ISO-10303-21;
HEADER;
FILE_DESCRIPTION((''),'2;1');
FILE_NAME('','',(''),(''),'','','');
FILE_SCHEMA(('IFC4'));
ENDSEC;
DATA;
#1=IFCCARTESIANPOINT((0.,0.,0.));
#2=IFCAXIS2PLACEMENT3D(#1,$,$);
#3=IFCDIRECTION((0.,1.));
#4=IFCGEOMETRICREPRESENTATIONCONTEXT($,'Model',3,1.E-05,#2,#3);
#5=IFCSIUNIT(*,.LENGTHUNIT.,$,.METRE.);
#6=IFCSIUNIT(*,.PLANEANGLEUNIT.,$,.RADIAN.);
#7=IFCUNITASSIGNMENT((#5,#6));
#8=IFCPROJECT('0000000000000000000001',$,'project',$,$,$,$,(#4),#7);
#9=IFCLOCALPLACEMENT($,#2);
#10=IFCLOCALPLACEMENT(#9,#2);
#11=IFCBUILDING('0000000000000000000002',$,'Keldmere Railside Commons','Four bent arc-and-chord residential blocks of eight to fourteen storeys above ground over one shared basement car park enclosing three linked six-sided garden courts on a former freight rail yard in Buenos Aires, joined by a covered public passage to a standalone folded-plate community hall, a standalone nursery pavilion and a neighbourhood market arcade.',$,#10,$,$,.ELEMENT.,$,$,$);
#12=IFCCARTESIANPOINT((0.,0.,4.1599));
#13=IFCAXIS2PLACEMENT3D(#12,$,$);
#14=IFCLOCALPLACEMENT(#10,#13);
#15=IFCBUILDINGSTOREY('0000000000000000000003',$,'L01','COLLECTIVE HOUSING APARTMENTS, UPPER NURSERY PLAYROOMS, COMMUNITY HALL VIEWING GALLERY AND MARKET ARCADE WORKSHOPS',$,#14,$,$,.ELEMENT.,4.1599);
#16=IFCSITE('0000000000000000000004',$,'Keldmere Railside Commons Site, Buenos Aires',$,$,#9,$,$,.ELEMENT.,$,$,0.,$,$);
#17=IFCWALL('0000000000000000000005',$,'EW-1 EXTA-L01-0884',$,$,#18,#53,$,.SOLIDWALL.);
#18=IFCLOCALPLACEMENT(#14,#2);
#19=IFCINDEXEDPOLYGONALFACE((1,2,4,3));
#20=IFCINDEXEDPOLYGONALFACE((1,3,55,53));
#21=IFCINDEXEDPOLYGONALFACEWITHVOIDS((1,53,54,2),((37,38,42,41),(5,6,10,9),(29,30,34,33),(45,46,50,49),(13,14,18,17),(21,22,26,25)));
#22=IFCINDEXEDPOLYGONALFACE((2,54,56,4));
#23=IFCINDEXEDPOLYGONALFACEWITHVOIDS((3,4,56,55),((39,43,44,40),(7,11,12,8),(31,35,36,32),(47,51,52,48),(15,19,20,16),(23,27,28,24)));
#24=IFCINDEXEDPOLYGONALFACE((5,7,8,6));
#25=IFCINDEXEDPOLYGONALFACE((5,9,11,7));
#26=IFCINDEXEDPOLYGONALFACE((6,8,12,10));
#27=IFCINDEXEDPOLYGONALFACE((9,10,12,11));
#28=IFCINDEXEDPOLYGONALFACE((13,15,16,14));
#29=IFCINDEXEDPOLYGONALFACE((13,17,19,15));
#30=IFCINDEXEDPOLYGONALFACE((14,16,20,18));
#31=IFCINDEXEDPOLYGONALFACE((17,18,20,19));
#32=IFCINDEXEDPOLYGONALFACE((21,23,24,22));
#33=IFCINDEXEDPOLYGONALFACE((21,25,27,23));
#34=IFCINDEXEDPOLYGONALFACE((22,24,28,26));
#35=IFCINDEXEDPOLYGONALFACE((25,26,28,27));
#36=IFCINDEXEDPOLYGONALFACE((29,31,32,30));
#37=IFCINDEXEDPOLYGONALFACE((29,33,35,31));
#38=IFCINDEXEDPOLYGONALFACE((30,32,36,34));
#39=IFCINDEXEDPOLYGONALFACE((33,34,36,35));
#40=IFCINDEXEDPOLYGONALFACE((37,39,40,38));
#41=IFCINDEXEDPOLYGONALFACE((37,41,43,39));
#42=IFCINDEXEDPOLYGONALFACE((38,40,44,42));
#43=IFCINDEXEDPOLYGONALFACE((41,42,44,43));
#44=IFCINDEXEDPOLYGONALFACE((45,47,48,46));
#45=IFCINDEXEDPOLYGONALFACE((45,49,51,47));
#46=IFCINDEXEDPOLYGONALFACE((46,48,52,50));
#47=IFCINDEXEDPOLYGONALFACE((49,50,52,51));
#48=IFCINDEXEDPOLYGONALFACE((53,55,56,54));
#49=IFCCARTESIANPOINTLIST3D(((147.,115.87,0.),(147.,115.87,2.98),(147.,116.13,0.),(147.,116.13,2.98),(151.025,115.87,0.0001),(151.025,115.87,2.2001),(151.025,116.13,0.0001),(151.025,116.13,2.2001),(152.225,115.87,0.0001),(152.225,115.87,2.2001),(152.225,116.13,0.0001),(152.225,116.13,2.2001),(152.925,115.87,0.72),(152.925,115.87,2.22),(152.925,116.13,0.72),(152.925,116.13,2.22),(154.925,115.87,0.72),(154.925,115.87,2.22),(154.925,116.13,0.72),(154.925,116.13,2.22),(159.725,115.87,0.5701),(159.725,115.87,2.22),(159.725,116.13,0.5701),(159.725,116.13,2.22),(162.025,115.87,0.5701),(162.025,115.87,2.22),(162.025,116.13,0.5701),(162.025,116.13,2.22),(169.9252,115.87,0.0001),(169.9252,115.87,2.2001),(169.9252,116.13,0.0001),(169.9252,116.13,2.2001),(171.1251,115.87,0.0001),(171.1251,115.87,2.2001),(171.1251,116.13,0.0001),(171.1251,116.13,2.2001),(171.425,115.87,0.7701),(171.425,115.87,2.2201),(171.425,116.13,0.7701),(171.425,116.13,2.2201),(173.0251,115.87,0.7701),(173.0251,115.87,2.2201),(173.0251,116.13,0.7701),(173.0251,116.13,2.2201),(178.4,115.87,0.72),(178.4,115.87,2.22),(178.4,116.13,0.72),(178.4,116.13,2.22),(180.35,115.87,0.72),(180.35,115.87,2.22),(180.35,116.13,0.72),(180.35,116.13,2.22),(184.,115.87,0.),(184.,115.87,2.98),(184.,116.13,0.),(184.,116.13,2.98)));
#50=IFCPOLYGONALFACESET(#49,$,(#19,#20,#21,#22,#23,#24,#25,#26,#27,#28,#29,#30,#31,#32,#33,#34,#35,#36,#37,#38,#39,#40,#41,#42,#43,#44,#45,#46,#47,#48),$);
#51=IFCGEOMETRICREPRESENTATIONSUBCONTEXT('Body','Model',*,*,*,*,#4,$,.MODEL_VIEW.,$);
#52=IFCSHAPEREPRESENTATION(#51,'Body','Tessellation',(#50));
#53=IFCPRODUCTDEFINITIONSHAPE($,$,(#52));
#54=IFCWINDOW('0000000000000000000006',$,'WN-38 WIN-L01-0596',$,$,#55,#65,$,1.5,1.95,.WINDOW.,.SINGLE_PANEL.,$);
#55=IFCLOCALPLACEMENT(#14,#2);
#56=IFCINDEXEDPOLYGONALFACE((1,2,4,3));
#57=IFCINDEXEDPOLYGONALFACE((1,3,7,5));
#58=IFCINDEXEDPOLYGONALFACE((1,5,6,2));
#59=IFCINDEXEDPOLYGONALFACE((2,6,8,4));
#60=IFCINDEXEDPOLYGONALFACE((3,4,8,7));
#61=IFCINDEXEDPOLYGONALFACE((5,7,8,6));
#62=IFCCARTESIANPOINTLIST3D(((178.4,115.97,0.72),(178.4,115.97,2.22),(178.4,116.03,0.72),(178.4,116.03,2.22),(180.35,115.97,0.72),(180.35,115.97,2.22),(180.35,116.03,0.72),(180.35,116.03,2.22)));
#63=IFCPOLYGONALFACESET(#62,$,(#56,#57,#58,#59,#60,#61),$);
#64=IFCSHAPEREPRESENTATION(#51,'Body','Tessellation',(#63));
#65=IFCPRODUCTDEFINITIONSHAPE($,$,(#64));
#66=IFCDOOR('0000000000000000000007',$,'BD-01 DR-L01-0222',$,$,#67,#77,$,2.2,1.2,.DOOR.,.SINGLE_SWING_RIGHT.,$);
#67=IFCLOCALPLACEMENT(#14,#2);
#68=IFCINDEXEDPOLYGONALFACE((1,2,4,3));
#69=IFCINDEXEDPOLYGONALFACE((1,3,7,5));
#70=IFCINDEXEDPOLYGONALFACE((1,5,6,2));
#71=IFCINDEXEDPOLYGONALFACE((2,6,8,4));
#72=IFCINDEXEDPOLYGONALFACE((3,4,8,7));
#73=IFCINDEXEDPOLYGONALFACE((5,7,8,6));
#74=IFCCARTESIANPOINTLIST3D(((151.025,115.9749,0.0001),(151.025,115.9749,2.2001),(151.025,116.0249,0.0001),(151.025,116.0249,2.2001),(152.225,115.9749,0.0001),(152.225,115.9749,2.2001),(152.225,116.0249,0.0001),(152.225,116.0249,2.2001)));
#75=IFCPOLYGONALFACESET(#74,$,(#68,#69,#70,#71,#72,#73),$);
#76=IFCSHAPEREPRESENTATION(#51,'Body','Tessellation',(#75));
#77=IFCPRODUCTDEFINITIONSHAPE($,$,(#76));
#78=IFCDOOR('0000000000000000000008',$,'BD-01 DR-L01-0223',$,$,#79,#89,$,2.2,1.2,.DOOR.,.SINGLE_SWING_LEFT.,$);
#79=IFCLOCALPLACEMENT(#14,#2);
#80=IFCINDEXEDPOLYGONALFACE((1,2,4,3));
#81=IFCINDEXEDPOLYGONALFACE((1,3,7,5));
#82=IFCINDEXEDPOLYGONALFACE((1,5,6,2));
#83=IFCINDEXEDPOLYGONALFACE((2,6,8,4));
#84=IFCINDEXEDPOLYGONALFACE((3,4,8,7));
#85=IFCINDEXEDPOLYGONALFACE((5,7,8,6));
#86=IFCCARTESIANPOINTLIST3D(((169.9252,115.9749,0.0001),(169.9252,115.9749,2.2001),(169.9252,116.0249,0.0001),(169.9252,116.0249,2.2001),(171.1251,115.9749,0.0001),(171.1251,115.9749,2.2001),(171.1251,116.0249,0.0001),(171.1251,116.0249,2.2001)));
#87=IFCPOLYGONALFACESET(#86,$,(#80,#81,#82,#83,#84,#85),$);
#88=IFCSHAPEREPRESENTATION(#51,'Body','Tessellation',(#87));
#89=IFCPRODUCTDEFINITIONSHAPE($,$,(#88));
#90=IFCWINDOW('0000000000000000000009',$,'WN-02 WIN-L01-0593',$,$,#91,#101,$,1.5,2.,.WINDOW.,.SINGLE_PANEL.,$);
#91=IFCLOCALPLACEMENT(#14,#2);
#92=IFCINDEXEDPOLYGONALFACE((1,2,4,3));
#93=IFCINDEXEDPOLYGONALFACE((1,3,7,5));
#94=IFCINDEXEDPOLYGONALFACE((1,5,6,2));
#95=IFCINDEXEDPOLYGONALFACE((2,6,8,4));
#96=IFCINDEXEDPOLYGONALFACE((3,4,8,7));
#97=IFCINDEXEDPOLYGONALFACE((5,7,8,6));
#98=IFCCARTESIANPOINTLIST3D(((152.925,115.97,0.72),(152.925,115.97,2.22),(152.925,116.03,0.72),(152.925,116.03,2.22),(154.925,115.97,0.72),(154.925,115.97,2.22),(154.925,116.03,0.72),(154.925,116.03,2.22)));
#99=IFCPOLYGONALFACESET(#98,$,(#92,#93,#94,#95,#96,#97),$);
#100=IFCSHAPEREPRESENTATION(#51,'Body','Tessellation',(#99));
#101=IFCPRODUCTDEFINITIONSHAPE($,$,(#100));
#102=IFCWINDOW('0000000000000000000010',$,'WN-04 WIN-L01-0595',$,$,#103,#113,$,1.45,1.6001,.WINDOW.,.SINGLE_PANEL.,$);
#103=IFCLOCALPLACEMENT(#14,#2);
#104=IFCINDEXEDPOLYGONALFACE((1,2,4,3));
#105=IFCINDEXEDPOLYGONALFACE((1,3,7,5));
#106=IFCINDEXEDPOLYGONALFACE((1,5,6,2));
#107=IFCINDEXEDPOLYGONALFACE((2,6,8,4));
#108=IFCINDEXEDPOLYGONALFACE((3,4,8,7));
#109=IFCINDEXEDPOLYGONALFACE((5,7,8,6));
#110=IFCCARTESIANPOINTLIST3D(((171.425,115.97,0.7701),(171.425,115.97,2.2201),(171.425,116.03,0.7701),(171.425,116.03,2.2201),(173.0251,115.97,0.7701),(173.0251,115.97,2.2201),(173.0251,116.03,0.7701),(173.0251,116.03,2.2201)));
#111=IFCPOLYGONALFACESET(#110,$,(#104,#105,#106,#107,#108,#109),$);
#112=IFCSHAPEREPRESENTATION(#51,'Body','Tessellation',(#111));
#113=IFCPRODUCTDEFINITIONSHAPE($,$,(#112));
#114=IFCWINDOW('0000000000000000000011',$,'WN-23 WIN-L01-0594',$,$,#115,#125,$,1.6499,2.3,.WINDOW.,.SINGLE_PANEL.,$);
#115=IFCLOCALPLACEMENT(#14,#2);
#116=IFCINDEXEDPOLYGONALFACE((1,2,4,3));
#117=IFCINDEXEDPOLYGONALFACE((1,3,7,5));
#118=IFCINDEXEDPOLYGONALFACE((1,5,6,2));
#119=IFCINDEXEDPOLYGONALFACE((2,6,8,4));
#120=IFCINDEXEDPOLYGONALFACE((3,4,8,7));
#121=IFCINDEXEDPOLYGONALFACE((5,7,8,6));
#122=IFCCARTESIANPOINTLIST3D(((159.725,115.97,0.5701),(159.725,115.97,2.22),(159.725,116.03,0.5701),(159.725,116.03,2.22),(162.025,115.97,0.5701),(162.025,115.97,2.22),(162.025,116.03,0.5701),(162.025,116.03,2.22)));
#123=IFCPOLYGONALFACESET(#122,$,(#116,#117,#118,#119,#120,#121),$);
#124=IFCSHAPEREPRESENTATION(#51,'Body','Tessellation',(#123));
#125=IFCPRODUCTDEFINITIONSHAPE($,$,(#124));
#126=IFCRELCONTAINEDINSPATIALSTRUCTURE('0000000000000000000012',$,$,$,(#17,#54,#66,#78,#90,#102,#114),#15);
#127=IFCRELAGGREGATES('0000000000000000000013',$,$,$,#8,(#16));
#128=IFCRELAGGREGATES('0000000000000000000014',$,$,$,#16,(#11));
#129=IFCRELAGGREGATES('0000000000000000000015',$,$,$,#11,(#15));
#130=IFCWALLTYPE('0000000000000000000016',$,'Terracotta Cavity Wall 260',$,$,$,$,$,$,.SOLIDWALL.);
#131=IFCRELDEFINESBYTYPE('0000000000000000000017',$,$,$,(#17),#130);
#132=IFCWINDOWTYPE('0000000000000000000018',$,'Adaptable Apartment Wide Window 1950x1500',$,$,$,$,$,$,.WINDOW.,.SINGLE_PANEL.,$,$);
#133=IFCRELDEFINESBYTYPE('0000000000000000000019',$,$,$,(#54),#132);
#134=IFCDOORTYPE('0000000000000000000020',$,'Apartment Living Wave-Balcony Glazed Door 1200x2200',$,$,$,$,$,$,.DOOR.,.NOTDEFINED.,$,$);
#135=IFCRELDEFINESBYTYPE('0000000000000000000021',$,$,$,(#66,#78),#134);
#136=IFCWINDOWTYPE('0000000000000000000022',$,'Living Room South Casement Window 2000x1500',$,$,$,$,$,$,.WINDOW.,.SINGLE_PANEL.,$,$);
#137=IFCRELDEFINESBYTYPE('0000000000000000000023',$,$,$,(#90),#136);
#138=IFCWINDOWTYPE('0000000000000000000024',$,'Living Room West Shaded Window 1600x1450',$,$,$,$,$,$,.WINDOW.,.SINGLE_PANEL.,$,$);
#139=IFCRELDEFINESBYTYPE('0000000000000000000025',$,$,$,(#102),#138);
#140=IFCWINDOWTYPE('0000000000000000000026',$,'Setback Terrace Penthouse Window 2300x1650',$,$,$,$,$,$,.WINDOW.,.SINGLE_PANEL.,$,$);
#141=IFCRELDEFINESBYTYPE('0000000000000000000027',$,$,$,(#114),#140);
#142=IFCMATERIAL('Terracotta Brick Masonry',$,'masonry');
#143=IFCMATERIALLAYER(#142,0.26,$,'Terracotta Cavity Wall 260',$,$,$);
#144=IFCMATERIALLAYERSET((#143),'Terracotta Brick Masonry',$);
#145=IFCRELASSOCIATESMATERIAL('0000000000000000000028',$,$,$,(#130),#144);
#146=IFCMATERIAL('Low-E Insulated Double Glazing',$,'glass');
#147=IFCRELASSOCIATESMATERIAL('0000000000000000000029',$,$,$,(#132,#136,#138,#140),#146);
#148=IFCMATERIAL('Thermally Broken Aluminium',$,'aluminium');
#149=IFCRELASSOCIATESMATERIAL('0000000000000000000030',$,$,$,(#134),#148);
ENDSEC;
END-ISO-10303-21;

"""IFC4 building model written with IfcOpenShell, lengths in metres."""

from ifc_helpers import new_model, si_unit, direction, frame, frame_2d, origin, place, context, subcontext, project, spatial, rectangle, extrude, material, layer, layer_set, type_object, element, fill, save


model = new_model("IFC4")

# Units and contexts
model_context = context("Model", 3, precision=1e-05, world=origin(), true_north=direction((0.0, 1.0)))
body_context = subcontext(model_context, "Body", "Model", "MODEL_VIEW")
ifc_project = project(units=[si_unit("LENGTHUNIT", "METRE"), si_unit("PLANEANGLEUNIT", "RADIAN")], contexts=[model_context])

# Site, building, storey
site_placement = place(None, origin())
site = spatial("IfcSite", under=ifc_project, at=site_placement, Name="Keldmere Railside Commons Site, Buenos Aires", CompositionType="ELEMENT", RefElevation=0.0)
building_placement = place(site_placement, origin())
building = spatial("IfcBuilding", under=site, at=building_placement, Name="Keldmere Railside Commons", Description="Four bent arc-and-chord residential blocks of eight to fourteen storeys above ground over one shared basement car park enclosing three linked six-sided garden courts on a former freight rail yard in Buenos Aires, joined by a covered public passage to a standalone folded-plate community hall, a standalone nursery pavilion and a neighbourhood market arcade.", CompositionType="ELEMENT")
storey_placement = place(building_placement, frame((0.0, 0.0, 4.1599)))
storey = spatial("IfcBuildingStorey", under=building, at=storey_placement, Name="L01", Description="COLLECTIVE HOUSING APARTMENTS, UPPER NURSERY PLAYROOMS, COMMUNITY HALL VIEWING GALLERY AND MARKET ARCADE WORKSHOPS", CompositionType="ELEMENT", Elevation=4.1599)

# Wall, openings, windows, doors
ifc_material_1 = material(Name="Terracotta Brick Masonry", Category="masonry")
ifc_layer_1 = layer(ifc_material_1, 0.26, Name="Terracotta Cavity Wall 260")
ifc_layer_set_1 = layer_set([ifc_layer_1], Name="Terracotta Brick Masonry")
wall_type_1 = type_object("IfcWallType", Name="Terracotta Cavity Wall 260", PredefinedType="SOLIDWALL", material=ifc_layer_set_1)
wall_1_placement = place(storey_placement, frame((147.0, 116.0, 0.0), z_axis=(0.0, 0.0, 1.0), x_axis=(1.0, 0.0, 0.0)))
wall_1 = element("IfcWall", 1, at=wall_1_placement, inside=storey, type_object=wall_type_1, Name="EW-1 EXTA-L01-0884", PredefinedType="SOLIDWALL", context=body_context, shape_type="SweptSolid", body=[
    extrude(rectangle(XDim=37.0, YDim=0.26, at=frame_2d((18.5, 0.0))), origin(), (0.0, 0.0, 1.0), 2.98),
])
opening_1_placement = place(wall_1_placement, frame((4.0249, 0.0, 0.0)))
opening_1 = element("IfcOpeningElement", 2, at=opening_1_placement, cuts=wall_1, PredefinedType="OPENING", context=body_context, shape_type="SweptSolid", body=[
    extrude(rectangle(XDim=1.2, YDim=2.2, at=frame_2d((0.6001, 1.1001))), frame((0.0, 0.1399, 0.0), z_axis=(0.0, -1.0, 0.0), x_axis=(1.0, 0.0, 0.0)), (0.0, 0.0, 1.0), 0.28),
])
opening_2_placement = place(wall_1_placement, frame((5.925, 0.0, 0.72)))
opening_2 = element("IfcOpeningElement", 3, at=opening_2_placement, cuts=wall_1, PredefinedType="OPENING", context=body_context, shape_type="SweptSolid", body=[
    extrude(rectangle(XDim=2.0, YDim=1.5, at=frame_2d((1.0, 0.75))), frame((0.0, 0.1399, 0.0), z_axis=(0.0, -1.0, 0.0), x_axis=(1.0, 0.0, 0.0)), (0.0, 0.0, 1.0), 0.28),
])
opening_3_placement = place(wall_1_placement, frame((12.7251, 0.0, 0.5701)))
opening_3 = element("IfcOpeningElement", 4, at=opening_3_placement, cuts=wall_1, PredefinedType="OPENING", context=body_context, shape_type="SweptSolid", body=[
    extrude(rectangle(XDim=2.3, YDim=1.6499, at=frame_2d((1.1499, 0.825))), frame((0.0, 0.1399, 0.0), z_axis=(0.0, -1.0, 0.0), x_axis=(1.0, 0.0, 0.0)), (0.0, 0.0, 1.0), 0.28),
])
opening_4_placement = place(wall_1_placement, frame((22.925, 0.0, 0.0)))
opening_4 = element("IfcOpeningElement", 5, at=opening_4_placement, cuts=wall_1, PredefinedType="OPENING", context=body_context, shape_type="SweptSolid", body=[
    extrude(rectangle(XDim=1.2, YDim=2.2, at=frame_2d((0.6001, 1.1001))), frame((0.0, 0.1399, 0.0), z_axis=(0.0, -1.0, 0.0), x_axis=(1.0, 0.0, 0.0)), (0.0, 0.0, 1.0), 0.28),
])
opening_5_placement = place(wall_1_placement, frame((24.425, 0.0, 0.77)))
opening_5 = element("IfcOpeningElement", 6, at=opening_5_placement, cuts=wall_1, PredefinedType="OPENING", context=body_context, shape_type="SweptSolid", body=[
    extrude(rectangle(XDim=1.6001, YDim=1.45, at=frame_2d((0.8, 0.7251))), frame((0.0, 0.1399, 0.0), z_axis=(0.0, -1.0, 0.0), x_axis=(1.0, 0.0, 0.0)), (0.0, 0.0, 1.0), 0.28),
])
opening_6_placement = place(wall_1_placement, frame((31.3999, 0.0, 0.72)))
opening_6 = element("IfcOpeningElement", 7, at=opening_6_placement, cuts=wall_1, PredefinedType="OPENING", context=body_context, shape_type="SweptSolid", body=[
    extrude(rectangle(XDim=1.95, YDim=1.5, at=frame_2d((0.9751, 0.75))), frame((0.0, 0.1399, 0.0), z_axis=(0.0, -1.0, 0.0), x_axis=(1.0, 0.0, 0.0)), (0.0, 0.0, 1.0), 0.28),
])
ifc_material_2 = material(Name="Low-E Insulated Double Glazing", Category="glass")
window_type_1 = type_object("IfcWindowType", Name="Adaptable Apartment Wide Window 1950x1500", PartitioningType="SINGLE_PANEL", PredefinedType="WINDOW", material=ifc_material_2)
window_1_placement = place(opening_6_placement, origin())
window_1 = element("IfcWindow", 8, at=window_1_placement, inside=storey, type_object=window_type_1, Name="WN-38 WIN-L01-0596", OverallHeight=1.5, OverallWidth=1.95, PartitioningType="SINGLE_PANEL", PredefinedType="WINDOW", context=body_context, shape_type="SweptSolid", body=[
    extrude(rectangle(XDim=1.95, YDim=1.5, at=frame_2d((0.9751, 0.75))), frame((0.0, 0.03, 0.0), z_axis=(0.0, -1.0, 0.0), x_axis=(1.0, 0.0, 0.0)), (0.0, 0.0, 1.0), 0.0601),
])
fill(opening_6, window_1)
ifc_material_3 = material(Name="Thermally Broken Aluminium", Category="aluminium")
door_type = type_object("IfcDoorType", Name="Apartment Living Wave-Balcony Glazed Door 1200x2200", OperationType="NOTDEFINED", PredefinedType="DOOR", material=ifc_material_3)
door_1_placement = place(opening_1_placement, origin())
door_1 = element("IfcDoor", 9, at=door_1_placement, inside=storey, type_object=door_type, Name="BD-01 DR-L01-0222", OperationType="SINGLE_SWING_RIGHT", OverallHeight=2.2, OverallWidth=1.2, PredefinedType="DOOR", context=body_context, shape_type="SweptSolid", body=[
    extrude(rectangle(XDim=1.2, YDim=2.2, at=frame_2d((0.6001, 1.1001))), frame((0.0, 0.0249, 0.0), z_axis=(0.0, -1.0, 0.0), x_axis=(1.0, 0.0, 0.0)), (0.0, 0.0, 1.0), 0.05),
])
fill(opening_1, door_1)
door_2_placement = place(opening_4_placement, origin())
door_2 = element("IfcDoor", 10, at=door_2_placement, inside=storey, type_object=door_type, Name="BD-01 DR-L01-0223", OperationType="SINGLE_SWING_LEFT", OverallHeight=2.2, OverallWidth=1.2, PredefinedType="DOOR", context=body_context, shape_type="SweptSolid", body=[
    extrude(rectangle(XDim=1.2, YDim=2.2, at=frame_2d((0.6001, 1.1001))), frame((0.0, 0.0249, 0.0), z_axis=(0.0, -1.0, 0.0), x_axis=(1.0, 0.0, 0.0)), (0.0, 0.0, 1.0), 0.05),
])
fill(opening_4, door_2)
window_type_2 = type_object("IfcWindowType", Name="Living Room South Casement Window 2000x1500", PartitioningType="SINGLE_PANEL", PredefinedType="WINDOW", material=ifc_material_2)
window_2_placement = place(opening_2_placement, origin())
window_2 = element("IfcWindow", 11, at=window_2_placement, inside=storey, type_object=window_type_2, Name="WN-02 WIN-L01-0593", OverallHeight=1.5, OverallWidth=2.0, PartitioningType="SINGLE_PANEL", PredefinedType="WINDOW", context=body_context, shape_type="SweptSolid", body=[
    extrude(rectangle(XDim=2.0, YDim=1.5, at=frame_2d((1.0, 0.75))), frame((0.0, 0.03, 0.0), z_axis=(0.0, -1.0, 0.0), x_axis=(1.0, 0.0, 0.0)), (0.0, 0.0, 1.0), 0.0601),
])
fill(opening_2, window_2)
window_type_3 = type_object("IfcWindowType", Name="Living Room West Shaded Window 1600x1450", PartitioningType="SINGLE_PANEL", PredefinedType="WINDOW", material=ifc_material_2)
window_3_placement = place(opening_5_placement, origin())
window_3 = element("IfcWindow", 12, at=window_3_placement, inside=storey, type_object=window_type_3, Name="WN-04 WIN-L01-0595", OverallHeight=1.45, OverallWidth=1.6001, PartitioningType="SINGLE_PANEL", PredefinedType="WINDOW", context=body_context, shape_type="SweptSolid", body=[
    extrude(rectangle(XDim=1.6001, YDim=1.45, at=frame_2d((0.8, 0.7251))), frame((0.0, 0.03, 0.0), z_axis=(0.0, -1.0, 0.0), x_axis=(1.0, 0.0, 0.0)), (0.0, 0.0, 1.0), 0.0601),
])
fill(opening_5, window_3)
window_type_4 = type_object("IfcWindowType", Name="Setback Terrace Penthouse Window 2300x1650", PartitioningType="SINGLE_PANEL", PredefinedType="WINDOW", material=ifc_material_2)
window_4_placement = place(opening_3_placement, origin())
window_4 = element("IfcWindow", 13, at=window_4_placement, inside=storey, type_object=window_type_4, Name="WN-23 WIN-L01-0594", OverallHeight=1.6499, OverallWidth=2.3, PartitioningType="SINGLE_PANEL", PredefinedType="WINDOW", context=body_context, shape_type="SweptSolid", body=[
    extrude(rectangle(XDim=2.3, YDim=1.6499, at=frame_2d((1.1499, 0.825))), frame((0.0, 0.03, 0.0), z_axis=(0.0, -1.0, 0.0), x_axis=(1.0, 0.0, 0.0)), (0.0, 0.0, 1.0), 0.0601),
])
fill(opening_3, window_4)

save(model, "model.ifc")
